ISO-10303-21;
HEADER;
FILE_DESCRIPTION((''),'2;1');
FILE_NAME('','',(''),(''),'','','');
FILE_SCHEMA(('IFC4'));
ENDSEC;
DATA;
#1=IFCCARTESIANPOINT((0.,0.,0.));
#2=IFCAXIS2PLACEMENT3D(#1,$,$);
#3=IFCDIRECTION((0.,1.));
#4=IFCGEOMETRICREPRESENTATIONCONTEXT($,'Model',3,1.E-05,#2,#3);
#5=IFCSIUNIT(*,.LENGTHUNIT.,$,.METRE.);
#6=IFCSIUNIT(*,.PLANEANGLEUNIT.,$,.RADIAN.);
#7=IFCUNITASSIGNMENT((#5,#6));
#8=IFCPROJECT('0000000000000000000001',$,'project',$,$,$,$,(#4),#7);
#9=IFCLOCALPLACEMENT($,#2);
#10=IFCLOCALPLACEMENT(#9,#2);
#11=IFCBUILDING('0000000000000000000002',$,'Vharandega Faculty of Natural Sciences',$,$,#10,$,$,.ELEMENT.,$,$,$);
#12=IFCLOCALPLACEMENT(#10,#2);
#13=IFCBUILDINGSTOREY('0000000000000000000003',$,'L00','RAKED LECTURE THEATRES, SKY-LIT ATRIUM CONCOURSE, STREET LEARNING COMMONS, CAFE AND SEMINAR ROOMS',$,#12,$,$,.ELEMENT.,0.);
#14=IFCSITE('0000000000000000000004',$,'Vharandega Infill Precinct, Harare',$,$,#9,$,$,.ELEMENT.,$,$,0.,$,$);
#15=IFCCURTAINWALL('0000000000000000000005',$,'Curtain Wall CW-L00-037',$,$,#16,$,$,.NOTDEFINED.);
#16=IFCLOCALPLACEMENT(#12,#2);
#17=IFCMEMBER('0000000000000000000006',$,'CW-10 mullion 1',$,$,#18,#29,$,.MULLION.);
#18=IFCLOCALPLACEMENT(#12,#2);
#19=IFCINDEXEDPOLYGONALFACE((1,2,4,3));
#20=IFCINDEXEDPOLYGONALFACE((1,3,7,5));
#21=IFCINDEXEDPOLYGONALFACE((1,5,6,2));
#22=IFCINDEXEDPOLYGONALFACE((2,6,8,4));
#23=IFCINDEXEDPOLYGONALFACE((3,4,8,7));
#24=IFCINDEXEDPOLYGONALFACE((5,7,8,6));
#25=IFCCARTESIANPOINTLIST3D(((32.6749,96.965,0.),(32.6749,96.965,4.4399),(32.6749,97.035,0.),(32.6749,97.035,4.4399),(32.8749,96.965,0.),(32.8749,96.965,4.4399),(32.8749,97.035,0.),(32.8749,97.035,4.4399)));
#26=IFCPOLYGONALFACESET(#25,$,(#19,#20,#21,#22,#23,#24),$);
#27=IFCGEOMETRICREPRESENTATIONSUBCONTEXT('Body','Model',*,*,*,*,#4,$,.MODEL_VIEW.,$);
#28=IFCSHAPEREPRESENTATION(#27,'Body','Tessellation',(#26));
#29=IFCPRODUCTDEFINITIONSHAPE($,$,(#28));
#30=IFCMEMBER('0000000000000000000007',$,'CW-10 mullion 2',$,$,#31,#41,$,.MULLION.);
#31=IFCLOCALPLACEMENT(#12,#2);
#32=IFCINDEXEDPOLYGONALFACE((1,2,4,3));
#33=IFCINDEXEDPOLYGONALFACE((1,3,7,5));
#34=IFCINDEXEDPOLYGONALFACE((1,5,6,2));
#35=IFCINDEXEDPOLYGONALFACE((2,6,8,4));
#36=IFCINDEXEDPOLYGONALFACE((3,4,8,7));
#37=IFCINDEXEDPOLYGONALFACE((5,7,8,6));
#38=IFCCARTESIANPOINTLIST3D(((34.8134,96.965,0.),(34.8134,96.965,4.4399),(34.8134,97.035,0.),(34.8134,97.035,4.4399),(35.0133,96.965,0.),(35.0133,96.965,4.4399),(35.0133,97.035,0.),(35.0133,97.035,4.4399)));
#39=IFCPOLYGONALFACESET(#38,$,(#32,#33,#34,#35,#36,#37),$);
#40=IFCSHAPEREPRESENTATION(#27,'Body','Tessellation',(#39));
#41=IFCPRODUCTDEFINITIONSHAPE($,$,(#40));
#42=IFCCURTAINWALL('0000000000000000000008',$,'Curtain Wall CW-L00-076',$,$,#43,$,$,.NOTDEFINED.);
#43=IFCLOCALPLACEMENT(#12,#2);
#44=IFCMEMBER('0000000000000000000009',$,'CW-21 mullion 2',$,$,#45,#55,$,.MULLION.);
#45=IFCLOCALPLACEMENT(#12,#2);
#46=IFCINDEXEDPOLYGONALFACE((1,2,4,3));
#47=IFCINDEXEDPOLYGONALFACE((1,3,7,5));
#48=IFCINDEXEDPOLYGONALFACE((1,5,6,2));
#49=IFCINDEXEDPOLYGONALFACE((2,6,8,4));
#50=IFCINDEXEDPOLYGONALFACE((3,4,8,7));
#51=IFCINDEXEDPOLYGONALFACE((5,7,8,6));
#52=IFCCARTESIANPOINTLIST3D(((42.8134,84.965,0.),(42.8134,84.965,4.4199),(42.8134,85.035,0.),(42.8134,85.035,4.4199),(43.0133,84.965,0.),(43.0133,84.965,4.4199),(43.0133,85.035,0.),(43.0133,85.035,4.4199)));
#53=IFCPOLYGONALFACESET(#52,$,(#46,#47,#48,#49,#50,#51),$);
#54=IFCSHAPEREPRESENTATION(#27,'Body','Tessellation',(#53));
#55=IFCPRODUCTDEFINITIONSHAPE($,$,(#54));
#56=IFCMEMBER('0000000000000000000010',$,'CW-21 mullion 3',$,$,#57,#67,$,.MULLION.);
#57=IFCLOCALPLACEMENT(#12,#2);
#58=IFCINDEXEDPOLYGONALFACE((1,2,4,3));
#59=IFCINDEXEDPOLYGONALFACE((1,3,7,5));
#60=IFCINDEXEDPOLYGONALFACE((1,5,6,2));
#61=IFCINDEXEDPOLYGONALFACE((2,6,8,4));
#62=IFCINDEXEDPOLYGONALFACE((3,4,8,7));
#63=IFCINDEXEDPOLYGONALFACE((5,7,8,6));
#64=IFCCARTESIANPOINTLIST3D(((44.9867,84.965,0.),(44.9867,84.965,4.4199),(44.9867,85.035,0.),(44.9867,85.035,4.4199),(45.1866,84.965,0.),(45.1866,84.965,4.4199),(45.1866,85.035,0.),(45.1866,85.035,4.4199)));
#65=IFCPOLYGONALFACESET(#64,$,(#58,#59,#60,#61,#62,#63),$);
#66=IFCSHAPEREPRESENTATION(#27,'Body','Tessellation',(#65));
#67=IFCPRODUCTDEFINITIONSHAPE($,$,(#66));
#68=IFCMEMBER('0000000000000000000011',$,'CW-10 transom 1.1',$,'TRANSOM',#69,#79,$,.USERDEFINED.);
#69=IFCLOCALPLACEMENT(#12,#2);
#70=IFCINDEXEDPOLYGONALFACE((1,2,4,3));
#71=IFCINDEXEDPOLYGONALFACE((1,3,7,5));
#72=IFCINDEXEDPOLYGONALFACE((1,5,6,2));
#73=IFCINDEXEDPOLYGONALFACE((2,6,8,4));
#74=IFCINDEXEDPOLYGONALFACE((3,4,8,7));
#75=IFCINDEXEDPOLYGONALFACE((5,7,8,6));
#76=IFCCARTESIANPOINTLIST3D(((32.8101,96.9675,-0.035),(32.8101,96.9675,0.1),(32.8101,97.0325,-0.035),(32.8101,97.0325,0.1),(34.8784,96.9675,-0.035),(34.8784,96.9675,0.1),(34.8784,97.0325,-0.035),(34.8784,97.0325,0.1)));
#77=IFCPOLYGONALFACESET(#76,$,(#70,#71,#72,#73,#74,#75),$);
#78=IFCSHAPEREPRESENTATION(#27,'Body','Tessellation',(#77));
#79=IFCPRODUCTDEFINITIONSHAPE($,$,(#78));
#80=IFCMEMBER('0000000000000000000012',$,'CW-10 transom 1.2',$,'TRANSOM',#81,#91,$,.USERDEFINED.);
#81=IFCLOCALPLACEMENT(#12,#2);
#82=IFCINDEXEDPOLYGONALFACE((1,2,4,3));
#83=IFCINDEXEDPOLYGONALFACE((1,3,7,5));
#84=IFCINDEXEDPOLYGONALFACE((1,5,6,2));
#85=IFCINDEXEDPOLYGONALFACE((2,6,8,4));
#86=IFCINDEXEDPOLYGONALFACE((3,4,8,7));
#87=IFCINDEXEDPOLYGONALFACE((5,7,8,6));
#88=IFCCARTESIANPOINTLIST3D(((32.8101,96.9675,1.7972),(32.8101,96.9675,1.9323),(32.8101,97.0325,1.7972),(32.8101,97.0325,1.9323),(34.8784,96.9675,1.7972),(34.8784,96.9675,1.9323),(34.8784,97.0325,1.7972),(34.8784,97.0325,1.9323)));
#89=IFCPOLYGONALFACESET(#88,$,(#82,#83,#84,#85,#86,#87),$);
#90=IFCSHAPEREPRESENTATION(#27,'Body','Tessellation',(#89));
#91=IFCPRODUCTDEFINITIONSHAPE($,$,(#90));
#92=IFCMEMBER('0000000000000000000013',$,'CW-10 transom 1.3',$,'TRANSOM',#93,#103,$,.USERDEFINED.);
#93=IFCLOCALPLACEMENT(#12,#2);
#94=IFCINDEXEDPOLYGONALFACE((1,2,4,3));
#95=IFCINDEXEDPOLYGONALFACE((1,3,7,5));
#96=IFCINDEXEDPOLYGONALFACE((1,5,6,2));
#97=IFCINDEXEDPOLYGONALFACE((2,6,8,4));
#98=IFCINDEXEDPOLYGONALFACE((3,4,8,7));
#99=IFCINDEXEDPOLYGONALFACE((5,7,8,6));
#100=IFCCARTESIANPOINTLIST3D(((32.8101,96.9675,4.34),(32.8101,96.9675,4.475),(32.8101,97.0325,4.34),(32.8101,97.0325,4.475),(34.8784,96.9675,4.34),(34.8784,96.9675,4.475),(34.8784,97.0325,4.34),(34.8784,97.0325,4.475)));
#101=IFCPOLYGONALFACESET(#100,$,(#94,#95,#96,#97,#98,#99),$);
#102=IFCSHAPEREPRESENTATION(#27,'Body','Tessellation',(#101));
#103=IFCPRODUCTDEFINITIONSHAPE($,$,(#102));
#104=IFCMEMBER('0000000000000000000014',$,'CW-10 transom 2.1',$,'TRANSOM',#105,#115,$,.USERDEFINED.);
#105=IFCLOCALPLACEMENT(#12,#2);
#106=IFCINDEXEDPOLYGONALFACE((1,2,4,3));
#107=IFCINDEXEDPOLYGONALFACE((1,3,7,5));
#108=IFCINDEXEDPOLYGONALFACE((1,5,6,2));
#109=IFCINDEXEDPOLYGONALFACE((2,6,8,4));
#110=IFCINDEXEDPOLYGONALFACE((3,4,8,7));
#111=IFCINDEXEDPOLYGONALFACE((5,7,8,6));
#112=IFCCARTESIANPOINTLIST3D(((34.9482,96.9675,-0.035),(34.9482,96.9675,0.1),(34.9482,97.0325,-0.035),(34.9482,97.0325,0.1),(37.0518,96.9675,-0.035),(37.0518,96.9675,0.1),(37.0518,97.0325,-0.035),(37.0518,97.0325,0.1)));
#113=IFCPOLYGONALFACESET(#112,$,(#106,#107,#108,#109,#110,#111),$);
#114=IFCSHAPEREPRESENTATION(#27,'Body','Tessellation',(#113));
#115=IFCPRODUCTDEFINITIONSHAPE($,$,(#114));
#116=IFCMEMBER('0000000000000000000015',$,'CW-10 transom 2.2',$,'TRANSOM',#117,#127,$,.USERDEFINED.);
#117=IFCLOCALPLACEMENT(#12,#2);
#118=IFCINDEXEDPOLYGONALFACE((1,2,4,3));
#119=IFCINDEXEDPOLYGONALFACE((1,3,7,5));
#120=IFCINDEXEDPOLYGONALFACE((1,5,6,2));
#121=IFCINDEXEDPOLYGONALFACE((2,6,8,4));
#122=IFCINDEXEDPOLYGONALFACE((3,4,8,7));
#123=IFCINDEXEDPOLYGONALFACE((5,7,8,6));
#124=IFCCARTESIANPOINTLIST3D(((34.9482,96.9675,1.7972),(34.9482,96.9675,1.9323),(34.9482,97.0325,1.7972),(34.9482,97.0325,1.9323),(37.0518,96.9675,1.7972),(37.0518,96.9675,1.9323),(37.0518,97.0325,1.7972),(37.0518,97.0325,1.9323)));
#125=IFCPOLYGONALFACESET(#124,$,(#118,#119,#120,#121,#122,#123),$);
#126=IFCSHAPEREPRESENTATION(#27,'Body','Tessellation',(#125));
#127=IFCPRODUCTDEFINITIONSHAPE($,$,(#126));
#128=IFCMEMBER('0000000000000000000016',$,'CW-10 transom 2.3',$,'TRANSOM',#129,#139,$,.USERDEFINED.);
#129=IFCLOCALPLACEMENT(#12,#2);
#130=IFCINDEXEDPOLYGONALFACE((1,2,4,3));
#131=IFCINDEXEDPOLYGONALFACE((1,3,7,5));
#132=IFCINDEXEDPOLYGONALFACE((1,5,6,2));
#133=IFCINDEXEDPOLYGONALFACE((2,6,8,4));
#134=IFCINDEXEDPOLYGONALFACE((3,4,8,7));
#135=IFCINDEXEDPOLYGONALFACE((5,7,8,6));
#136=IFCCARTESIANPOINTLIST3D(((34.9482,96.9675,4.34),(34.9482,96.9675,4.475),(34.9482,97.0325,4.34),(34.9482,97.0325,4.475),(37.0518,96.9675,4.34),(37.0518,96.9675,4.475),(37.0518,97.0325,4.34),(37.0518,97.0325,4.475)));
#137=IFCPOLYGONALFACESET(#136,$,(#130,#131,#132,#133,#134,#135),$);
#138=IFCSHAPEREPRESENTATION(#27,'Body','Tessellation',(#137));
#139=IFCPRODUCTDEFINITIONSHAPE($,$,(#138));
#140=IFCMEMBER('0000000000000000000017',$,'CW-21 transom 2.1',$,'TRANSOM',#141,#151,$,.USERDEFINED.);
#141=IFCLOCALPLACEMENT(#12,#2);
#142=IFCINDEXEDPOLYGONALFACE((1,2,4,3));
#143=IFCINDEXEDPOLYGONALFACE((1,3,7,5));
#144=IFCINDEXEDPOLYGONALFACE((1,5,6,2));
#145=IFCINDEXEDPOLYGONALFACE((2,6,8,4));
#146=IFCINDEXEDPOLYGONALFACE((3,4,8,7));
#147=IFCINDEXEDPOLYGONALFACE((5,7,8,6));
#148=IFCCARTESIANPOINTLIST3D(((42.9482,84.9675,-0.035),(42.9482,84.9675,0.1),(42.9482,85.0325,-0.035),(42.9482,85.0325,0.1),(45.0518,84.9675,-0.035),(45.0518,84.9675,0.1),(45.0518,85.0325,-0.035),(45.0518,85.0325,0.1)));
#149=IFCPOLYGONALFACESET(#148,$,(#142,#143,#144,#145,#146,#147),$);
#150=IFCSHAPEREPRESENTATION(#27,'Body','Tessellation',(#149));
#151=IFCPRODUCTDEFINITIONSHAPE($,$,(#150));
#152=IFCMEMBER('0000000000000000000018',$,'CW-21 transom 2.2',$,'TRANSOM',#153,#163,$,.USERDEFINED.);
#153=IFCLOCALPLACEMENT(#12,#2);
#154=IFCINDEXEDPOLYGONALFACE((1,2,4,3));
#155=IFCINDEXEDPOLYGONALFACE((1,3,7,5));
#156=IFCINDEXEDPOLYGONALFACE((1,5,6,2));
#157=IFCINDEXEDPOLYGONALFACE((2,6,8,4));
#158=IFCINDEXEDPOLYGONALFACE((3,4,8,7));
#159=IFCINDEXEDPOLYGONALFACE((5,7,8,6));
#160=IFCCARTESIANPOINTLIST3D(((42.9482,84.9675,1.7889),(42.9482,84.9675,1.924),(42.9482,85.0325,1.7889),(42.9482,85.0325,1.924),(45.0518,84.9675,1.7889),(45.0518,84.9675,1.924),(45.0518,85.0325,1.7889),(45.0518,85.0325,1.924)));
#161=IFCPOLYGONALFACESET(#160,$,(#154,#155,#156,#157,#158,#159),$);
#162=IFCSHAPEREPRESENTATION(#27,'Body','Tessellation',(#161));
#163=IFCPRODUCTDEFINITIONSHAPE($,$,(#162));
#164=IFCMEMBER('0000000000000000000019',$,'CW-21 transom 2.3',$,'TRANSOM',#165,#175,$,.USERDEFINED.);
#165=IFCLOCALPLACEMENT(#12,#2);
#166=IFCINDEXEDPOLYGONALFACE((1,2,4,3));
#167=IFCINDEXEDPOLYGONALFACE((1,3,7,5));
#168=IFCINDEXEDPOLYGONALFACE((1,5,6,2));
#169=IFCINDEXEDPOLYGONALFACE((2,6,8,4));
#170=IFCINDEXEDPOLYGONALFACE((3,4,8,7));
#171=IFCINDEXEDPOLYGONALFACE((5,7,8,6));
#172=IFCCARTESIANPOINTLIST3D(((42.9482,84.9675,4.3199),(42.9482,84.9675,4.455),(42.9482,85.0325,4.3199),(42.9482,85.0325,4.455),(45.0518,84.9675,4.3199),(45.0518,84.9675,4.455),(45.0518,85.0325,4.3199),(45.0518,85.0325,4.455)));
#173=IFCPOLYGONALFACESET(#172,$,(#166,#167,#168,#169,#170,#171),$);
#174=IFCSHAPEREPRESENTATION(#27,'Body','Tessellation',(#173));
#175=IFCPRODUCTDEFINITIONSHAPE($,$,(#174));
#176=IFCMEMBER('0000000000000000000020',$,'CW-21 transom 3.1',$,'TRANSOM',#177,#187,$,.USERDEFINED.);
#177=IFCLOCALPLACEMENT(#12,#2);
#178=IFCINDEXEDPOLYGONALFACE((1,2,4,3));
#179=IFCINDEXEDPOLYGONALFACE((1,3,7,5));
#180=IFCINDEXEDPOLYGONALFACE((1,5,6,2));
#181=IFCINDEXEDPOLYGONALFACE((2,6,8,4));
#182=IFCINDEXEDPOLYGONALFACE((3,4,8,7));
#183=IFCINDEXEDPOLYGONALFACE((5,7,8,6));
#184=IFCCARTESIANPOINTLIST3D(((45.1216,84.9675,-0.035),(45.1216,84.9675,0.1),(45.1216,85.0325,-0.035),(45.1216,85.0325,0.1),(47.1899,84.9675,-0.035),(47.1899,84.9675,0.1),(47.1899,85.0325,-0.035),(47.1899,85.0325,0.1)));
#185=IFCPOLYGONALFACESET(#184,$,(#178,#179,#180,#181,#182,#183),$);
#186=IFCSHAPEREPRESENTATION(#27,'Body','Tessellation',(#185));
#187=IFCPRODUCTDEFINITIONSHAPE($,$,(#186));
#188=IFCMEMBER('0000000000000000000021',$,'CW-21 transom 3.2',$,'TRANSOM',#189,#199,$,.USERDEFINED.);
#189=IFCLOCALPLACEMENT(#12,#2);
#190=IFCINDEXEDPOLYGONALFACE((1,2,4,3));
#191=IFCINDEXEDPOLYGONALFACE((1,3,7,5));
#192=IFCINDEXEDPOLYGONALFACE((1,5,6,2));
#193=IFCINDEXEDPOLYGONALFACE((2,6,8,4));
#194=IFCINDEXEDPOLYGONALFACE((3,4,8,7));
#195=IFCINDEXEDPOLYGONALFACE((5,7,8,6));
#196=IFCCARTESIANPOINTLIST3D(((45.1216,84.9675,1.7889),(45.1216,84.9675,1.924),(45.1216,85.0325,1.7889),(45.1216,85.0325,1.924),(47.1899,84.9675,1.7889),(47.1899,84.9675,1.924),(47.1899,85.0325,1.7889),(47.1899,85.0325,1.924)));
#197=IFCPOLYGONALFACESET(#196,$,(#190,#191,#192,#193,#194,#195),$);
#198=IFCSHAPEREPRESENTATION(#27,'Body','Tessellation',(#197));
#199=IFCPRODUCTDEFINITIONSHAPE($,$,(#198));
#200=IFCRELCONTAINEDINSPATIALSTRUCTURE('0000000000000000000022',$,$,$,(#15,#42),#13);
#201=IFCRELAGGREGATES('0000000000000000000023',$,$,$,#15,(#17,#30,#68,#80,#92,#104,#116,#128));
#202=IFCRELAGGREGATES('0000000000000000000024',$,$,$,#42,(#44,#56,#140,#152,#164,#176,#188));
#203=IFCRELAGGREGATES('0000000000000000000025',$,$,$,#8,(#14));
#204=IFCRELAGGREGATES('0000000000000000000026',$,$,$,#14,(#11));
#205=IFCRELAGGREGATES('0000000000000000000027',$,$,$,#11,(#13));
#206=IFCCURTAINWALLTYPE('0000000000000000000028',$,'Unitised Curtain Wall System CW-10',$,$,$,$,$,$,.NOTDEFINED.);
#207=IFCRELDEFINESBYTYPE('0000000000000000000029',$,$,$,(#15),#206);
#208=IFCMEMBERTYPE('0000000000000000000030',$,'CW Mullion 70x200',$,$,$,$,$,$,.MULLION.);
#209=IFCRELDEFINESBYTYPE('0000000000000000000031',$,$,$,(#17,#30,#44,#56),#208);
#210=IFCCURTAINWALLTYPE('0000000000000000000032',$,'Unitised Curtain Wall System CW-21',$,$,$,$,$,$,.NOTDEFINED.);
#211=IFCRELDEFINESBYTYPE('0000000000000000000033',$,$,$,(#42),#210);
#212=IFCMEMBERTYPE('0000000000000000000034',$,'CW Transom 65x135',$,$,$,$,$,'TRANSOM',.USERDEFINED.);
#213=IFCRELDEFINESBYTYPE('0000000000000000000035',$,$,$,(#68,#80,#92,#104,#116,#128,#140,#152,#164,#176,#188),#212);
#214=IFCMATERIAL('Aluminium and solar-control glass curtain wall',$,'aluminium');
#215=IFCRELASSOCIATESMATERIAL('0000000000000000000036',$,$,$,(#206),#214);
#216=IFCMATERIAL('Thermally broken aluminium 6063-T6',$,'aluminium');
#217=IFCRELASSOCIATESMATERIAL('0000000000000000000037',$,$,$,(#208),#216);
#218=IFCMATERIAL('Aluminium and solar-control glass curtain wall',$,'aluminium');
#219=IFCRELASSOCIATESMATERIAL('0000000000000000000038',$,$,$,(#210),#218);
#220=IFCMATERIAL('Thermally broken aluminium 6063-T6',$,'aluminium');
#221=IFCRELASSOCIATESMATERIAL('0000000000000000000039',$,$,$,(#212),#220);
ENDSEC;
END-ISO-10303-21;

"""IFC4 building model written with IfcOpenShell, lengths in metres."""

from ifc_helpers import new_model, si_unit, direction, frame, origin, origin_2d, place, context, subcontext, project, spatial, rectangle, extrude, material, material_profile, profile_set, type_object, element, aggregate, save


model = new_model("IFC4")

# Units and contexts
model_context = context("Model", 3, precision=1e-05, world=origin(), true_north=direction((0.0, 1.0)))
body_context = subcontext(model_context, "Body", "Model", "MODEL_VIEW")
ifc_project = project(units=[si_unit("LENGTHUNIT", "METRE"), si_unit("PLANEANGLEUNIT", "RADIAN")], contexts=[model_context])

# Site, building, storey
site_placement = place(None, origin())
site = spatial("IfcSite", under=ifc_project, at=site_placement, Name="Vharandega Infill Precinct, Harare", CompositionType="ELEMENT", RefElevation=0.0)
building_placement = place(site_placement, origin())
building = spatial("IfcBuilding", under=site, at=building_placement, Name="Vharandega Faculty of Natural Sciences", CompositionType="ELEMENT")
storey_placement = place(building_placement, origin())
storey = spatial("IfcBuildingStorey", under=building, at=storey_placement, Name="L00", Description="RAKED LECTURE THEATRES, SKY-LIT ATRIUM CONCOURSE, STREET LEARNING COMMONS, CAFE AND SEMINAR ROOMS", CompositionType="ELEMENT", Elevation=0.0)

# Curtain walls, members
ifc_material_1 = material(Name="Aluminium and solar-control glass curtain wall", Category="aluminium")
curtain_wall_type_1 = type_object("IfcCurtainWallType", Name="Unitised Curtain Wall System CW-10", PredefinedType="NOTDEFINED", material=ifc_material_1)
curtain_wall_1_placement = place(storey_placement, origin())
curtain_wall_1 = element("IfcCurtainWall", 1, at=curtain_wall_1_placement, inside=storey, type_object=curtain_wall_type_1, Name="Curtain Wall CW-L00-037", PredefinedType="NOTDEFINED")
ifc_material_2 = material(Name="Thermally broken aluminium 6063-T6", Category="aluminium")
ifc_material_profile_1 = material_profile(ifc_material_2, rectangle(XDim=0.0701, YDim=0.2, at=origin_2d()), Name="ALU 70x200")
ifc_profile_set_1 = profile_set([ifc_material_profile_1], Name="Thermally broken aluminium 6063-T6")
member_type_1 = type_object("IfcMemberType", Name="CW Mullion 70x200", PredefinedType="MULLION", material=ifc_profile_set_1)
member_1_placement = place(storey_placement, frame((32.7749, 97.0, 0.0), z_axis=(0.0, 0.0, 1.0), x_axis=(0.0, 1.0, 0.0)))
member_1 = element("IfcMember", 2, at=member_1_placement, type_object=member_type_1, Name="CW-10 mullion 1", PredefinedType="MULLION", context=body_context, shape_type="SweptSolid", body=[
    extrude(rectangle(XDim=0.0701, YDim=0.2, at=origin_2d()), origin(), (0.0, 0.0, 1.0), 4.4399),
])
member_2_placement = place(storey_placement, frame((34.9133, 97.0, 0.0), z_axis=(0.0, 0.0, 1.0), x_axis=(0.0, 1.0, 0.0)))
member_2 = element("IfcMember", 3, at=member_2_placement, type_object=member_type_1, Name="CW-10 mullion 2", PredefinedType="MULLION", context=body_context, shape_type="SweptSolid", body=[
    extrude(rectangle(XDim=0.0701, YDim=0.2, at=origin_2d()), origin(), (0.0, 0.0, 1.0), 4.4399),
])
ifc_material_3 = material(Name="Aluminium and solar-control glass curtain wall", Category="aluminium")
curtain_wall_type_2 = type_object("IfcCurtainWallType", Name="Unitised Curtain Wall System CW-21", PredefinedType="NOTDEFINED", material=ifc_material_3)
curtain_wall_2_placement = place(storey_placement, origin())
curtain_wall_2 = element("IfcCurtainWall", 4, at=curtain_wall_2_placement, inside=storey, type_object=curtain_wall_type_2, Name="Curtain Wall CW-L00-076", PredefinedType="NOTDEFINED")
member_3_placement = place(storey_placement, frame((42.9133, 85.0, 0.0), z_axis=(0.0, 0.0, 1.0), x_axis=(0.0, 1.0, 0.0)))
member_3 = element("IfcMember", 5, at=member_3_placement, type_object=member_type_1, Name="CW-21 mullion 2", PredefinedType="MULLION", context=body_context, shape_type="SweptSolid", body=[
    extrude(rectangle(XDim=0.0701, YDim=0.2, at=origin_2d()), origin(), (0.0, 0.0, 1.0), 4.4199),
])
member_4_placement = place(storey_placement, frame((45.0867, 85.0, 0.0), z_axis=(0.0, 0.0, 1.0), x_axis=(0.0, 1.0, 0.0)))
member_4 = element("IfcMember", 6, at=member_4_placement, type_object=member_type_1, Name="CW-21 mullion 3", PredefinedType="MULLION", context=body_context, shape_type="SweptSolid", body=[
    extrude(rectangle(XDim=0.0701, YDim=0.2, at=origin_2d()), origin(), (0.0, 0.0, 1.0), 4.4199),
])

# Members
ifc_material_4 = material(Name="Thermally broken aluminium 6063-T6", Category="aluminium")
ifc_material_profile_2 = material_profile(ifc_material_4, rectangle(XDim=0.0649, YDim=0.135, at=origin_2d()), Name="ALU 65x135")
ifc_profile_set_2 = profile_set([ifc_material_profile_2], Name="Thermally broken aluminium 6063-T6")
member_type_2 = type_object("IfcMemberType", Name="CW Transom 65x135", ElementType="TRANSOM", PredefinedType="USERDEFINED", material=ifc_profile_set_2)
member_5_placement = place(storey_placement, frame((32.8101, 97.0, 0.0325), z_axis=(1.0, 0.0, 0.0), x_axis=(0.0, 1.0, 0.0)))
member_5 = element("IfcMember", 7, at=member_5_placement, type_object=member_type_2, Name="CW-10 transom 1.1", ObjectType="TRANSOM", PredefinedType="USERDEFINED", context=body_context, shape_type="SweptSolid", body=[
    extrude(rectangle(XDim=0.0649, YDim=0.135, at=origin_2d()), origin(), (0.0, 0.0, 1.0), 2.0684),
])
member_6_placement = place(storey_placement, frame((32.8101, 97.0, 1.8647), z_axis=(1.0, 0.0, 0.0), x_axis=(0.0, 1.0, 0.0)))
member_6 = element("IfcMember", 8, at=member_6_placement, type_object=member_type_2, Name="CW-10 transom 1.2", ObjectType="TRANSOM", PredefinedType="USERDEFINED", context=body_context, shape_type="SweptSolid", body=[
    extrude(rectangle(XDim=0.0649, YDim=0.135, at=origin_2d()), origin(), (0.0, 0.0, 1.0), 2.0684),
])
member_7_placement = place(storey_placement, frame((32.8101, 97.0, 4.4075), z_axis=(1.0, 0.0, 0.0), x_axis=(0.0, 1.0, 0.0)))
member_7 = element("IfcMember", 9, at=member_7_placement, type_object=member_type_2, Name="CW-10 transom 1.3", ObjectType="TRANSOM", PredefinedType="USERDEFINED", context=body_context, shape_type="SweptSolid", body=[
    extrude(rectangle(XDim=0.0649, YDim=0.135, at=origin_2d()), origin(), (0.0, 0.0, 1.0), 2.0684),
])
member_8_placement = place(storey_placement, frame((34.9482, 97.0, 0.0325), z_axis=(1.0, 0.0, 0.0), x_axis=(0.0, 1.0, 0.0)))
member_8 = element("IfcMember", 10, at=member_8_placement, type_object=member_type_2, Name="CW-10 transom 2.1", ObjectType="TRANSOM", PredefinedType="USERDEFINED", context=body_context, shape_type="SweptSolid", body=[
    extrude(rectangle(XDim=0.0649, YDim=0.135, at=origin_2d()), origin(), (0.0, 0.0, 1.0), 2.1035),
])
member_9_placement = place(storey_placement, frame((34.9482, 97.0, 1.8647), z_axis=(1.0, 0.0, 0.0), x_axis=(0.0, 1.0, 0.0)))
member_9 = element("IfcMember", 11, at=member_9_placement, type_object=member_type_2, Name="CW-10 transom 2.2", ObjectType="TRANSOM", PredefinedType="USERDEFINED", context=body_context, shape_type="SweptSolid", body=[
    extrude(rectangle(XDim=0.0649, YDim=0.135, at=origin_2d()), origin(), (0.0, 0.0, 1.0), 2.1035),
])
member_10_placement = place(storey_placement, frame((34.9482, 97.0, 4.4075), z_axis=(1.0, 0.0, 0.0), x_axis=(0.0, 1.0, 0.0)))
member_10 = element("IfcMember", 12, at=member_10_placement, type_object=member_type_2, Name="CW-10 transom 2.3", ObjectType="TRANSOM", PredefinedType="USERDEFINED", context=body_context, shape_type="SweptSolid", body=[
    extrude(rectangle(XDim=0.0649, YDim=0.135, at=origin_2d()), origin(), (0.0, 0.0, 1.0), 2.1035),
])
member_11_placement = place(storey_placement, frame((42.9482, 85.0, 0.0325), z_axis=(1.0, 0.0, 0.0), x_axis=(0.0, 1.0, 0.0)))
member_11 = element("IfcMember", 13, at=member_11_placement, type_object=member_type_2, Name="CW-21 transom 2.1", ObjectType="TRANSOM", PredefinedType="USERDEFINED", context=body_context, shape_type="SweptSolid", body=[
    extrude(rectangle(XDim=0.0649, YDim=0.135, at=origin_2d()), origin(), (0.0, 0.0, 1.0), 2.1035),
])
member_12_placement = place(storey_placement, frame((42.9482, 85.0, 1.8564), z_axis=(1.0, 0.0, 0.0), x_axis=(0.0, 1.0, 0.0)))
member_12 = element("IfcMember", 14, at=member_12_placement, type_object=member_type_2, Name="CW-21 transom 2.2", ObjectType="TRANSOM", PredefinedType="USERDEFINED", context=body_context, shape_type="SweptSolid", body=[
    extrude(rectangle(XDim=0.0649, YDim=0.135, at=origin_2d()), origin(), (0.0, 0.0, 1.0), 2.1035),
])
member_13_placement = place(storey_placement, frame((42.9482, 85.0, 4.3875), z_axis=(1.0, 0.0, 0.0), x_axis=(0.0, 1.0, 0.0)))
member_13 = element("IfcMember", 15, at=member_13_placement, type_object=member_type_2, Name="CW-21 transom 2.3", ObjectType="TRANSOM", PredefinedType="USERDEFINED", context=body_context, shape_type="SweptSolid", body=[
    extrude(rectangle(XDim=0.0649, YDim=0.135, at=origin_2d()), origin(), (0.0, 0.0, 1.0), 2.1035),
])
member_14_placement = place(storey_placement, frame((45.1216, 85.0, 0.0325), z_axis=(1.0, 0.0, 0.0), x_axis=(0.0, 1.0, 0.0)))
member_14 = element("IfcMember", 16, at=member_14_placement, type_object=member_type_2, Name="CW-21 transom 3.1", ObjectType="TRANSOM", PredefinedType="USERDEFINED", context=body_context, shape_type="SweptSolid", body=[
    extrude(rectangle(XDim=0.0649, YDim=0.135, at=origin_2d()), origin(), (0.0, 0.0, 1.0), 2.0684),
])
member_15_placement = place(storey_placement, frame((45.1216, 85.0, 1.8564), z_axis=(1.0, 0.0, 0.0), x_axis=(0.0, 1.0, 0.0)))
member_15 = element("IfcMember", 17, at=member_15_placement, type_object=member_type_2, Name="CW-21 transom 3.2", ObjectType="TRANSOM", PredefinedType="USERDEFINED", context=body_context, shape_type="SweptSolid", body=[
    extrude(rectangle(XDim=0.0649, YDim=0.135, at=origin_2d()), origin(), (0.0, 0.0, 1.0), 2.0684),
])

aggregate(curtain_wall_1, [member_1, member_2, member_5, member_6, member_7, member_8, member_9, member_10])
aggregate(curtain_wall_2, [member_3, member_4, member_11, member_12, member_13, member_14, member_15])

save(model, "model.ifc")
